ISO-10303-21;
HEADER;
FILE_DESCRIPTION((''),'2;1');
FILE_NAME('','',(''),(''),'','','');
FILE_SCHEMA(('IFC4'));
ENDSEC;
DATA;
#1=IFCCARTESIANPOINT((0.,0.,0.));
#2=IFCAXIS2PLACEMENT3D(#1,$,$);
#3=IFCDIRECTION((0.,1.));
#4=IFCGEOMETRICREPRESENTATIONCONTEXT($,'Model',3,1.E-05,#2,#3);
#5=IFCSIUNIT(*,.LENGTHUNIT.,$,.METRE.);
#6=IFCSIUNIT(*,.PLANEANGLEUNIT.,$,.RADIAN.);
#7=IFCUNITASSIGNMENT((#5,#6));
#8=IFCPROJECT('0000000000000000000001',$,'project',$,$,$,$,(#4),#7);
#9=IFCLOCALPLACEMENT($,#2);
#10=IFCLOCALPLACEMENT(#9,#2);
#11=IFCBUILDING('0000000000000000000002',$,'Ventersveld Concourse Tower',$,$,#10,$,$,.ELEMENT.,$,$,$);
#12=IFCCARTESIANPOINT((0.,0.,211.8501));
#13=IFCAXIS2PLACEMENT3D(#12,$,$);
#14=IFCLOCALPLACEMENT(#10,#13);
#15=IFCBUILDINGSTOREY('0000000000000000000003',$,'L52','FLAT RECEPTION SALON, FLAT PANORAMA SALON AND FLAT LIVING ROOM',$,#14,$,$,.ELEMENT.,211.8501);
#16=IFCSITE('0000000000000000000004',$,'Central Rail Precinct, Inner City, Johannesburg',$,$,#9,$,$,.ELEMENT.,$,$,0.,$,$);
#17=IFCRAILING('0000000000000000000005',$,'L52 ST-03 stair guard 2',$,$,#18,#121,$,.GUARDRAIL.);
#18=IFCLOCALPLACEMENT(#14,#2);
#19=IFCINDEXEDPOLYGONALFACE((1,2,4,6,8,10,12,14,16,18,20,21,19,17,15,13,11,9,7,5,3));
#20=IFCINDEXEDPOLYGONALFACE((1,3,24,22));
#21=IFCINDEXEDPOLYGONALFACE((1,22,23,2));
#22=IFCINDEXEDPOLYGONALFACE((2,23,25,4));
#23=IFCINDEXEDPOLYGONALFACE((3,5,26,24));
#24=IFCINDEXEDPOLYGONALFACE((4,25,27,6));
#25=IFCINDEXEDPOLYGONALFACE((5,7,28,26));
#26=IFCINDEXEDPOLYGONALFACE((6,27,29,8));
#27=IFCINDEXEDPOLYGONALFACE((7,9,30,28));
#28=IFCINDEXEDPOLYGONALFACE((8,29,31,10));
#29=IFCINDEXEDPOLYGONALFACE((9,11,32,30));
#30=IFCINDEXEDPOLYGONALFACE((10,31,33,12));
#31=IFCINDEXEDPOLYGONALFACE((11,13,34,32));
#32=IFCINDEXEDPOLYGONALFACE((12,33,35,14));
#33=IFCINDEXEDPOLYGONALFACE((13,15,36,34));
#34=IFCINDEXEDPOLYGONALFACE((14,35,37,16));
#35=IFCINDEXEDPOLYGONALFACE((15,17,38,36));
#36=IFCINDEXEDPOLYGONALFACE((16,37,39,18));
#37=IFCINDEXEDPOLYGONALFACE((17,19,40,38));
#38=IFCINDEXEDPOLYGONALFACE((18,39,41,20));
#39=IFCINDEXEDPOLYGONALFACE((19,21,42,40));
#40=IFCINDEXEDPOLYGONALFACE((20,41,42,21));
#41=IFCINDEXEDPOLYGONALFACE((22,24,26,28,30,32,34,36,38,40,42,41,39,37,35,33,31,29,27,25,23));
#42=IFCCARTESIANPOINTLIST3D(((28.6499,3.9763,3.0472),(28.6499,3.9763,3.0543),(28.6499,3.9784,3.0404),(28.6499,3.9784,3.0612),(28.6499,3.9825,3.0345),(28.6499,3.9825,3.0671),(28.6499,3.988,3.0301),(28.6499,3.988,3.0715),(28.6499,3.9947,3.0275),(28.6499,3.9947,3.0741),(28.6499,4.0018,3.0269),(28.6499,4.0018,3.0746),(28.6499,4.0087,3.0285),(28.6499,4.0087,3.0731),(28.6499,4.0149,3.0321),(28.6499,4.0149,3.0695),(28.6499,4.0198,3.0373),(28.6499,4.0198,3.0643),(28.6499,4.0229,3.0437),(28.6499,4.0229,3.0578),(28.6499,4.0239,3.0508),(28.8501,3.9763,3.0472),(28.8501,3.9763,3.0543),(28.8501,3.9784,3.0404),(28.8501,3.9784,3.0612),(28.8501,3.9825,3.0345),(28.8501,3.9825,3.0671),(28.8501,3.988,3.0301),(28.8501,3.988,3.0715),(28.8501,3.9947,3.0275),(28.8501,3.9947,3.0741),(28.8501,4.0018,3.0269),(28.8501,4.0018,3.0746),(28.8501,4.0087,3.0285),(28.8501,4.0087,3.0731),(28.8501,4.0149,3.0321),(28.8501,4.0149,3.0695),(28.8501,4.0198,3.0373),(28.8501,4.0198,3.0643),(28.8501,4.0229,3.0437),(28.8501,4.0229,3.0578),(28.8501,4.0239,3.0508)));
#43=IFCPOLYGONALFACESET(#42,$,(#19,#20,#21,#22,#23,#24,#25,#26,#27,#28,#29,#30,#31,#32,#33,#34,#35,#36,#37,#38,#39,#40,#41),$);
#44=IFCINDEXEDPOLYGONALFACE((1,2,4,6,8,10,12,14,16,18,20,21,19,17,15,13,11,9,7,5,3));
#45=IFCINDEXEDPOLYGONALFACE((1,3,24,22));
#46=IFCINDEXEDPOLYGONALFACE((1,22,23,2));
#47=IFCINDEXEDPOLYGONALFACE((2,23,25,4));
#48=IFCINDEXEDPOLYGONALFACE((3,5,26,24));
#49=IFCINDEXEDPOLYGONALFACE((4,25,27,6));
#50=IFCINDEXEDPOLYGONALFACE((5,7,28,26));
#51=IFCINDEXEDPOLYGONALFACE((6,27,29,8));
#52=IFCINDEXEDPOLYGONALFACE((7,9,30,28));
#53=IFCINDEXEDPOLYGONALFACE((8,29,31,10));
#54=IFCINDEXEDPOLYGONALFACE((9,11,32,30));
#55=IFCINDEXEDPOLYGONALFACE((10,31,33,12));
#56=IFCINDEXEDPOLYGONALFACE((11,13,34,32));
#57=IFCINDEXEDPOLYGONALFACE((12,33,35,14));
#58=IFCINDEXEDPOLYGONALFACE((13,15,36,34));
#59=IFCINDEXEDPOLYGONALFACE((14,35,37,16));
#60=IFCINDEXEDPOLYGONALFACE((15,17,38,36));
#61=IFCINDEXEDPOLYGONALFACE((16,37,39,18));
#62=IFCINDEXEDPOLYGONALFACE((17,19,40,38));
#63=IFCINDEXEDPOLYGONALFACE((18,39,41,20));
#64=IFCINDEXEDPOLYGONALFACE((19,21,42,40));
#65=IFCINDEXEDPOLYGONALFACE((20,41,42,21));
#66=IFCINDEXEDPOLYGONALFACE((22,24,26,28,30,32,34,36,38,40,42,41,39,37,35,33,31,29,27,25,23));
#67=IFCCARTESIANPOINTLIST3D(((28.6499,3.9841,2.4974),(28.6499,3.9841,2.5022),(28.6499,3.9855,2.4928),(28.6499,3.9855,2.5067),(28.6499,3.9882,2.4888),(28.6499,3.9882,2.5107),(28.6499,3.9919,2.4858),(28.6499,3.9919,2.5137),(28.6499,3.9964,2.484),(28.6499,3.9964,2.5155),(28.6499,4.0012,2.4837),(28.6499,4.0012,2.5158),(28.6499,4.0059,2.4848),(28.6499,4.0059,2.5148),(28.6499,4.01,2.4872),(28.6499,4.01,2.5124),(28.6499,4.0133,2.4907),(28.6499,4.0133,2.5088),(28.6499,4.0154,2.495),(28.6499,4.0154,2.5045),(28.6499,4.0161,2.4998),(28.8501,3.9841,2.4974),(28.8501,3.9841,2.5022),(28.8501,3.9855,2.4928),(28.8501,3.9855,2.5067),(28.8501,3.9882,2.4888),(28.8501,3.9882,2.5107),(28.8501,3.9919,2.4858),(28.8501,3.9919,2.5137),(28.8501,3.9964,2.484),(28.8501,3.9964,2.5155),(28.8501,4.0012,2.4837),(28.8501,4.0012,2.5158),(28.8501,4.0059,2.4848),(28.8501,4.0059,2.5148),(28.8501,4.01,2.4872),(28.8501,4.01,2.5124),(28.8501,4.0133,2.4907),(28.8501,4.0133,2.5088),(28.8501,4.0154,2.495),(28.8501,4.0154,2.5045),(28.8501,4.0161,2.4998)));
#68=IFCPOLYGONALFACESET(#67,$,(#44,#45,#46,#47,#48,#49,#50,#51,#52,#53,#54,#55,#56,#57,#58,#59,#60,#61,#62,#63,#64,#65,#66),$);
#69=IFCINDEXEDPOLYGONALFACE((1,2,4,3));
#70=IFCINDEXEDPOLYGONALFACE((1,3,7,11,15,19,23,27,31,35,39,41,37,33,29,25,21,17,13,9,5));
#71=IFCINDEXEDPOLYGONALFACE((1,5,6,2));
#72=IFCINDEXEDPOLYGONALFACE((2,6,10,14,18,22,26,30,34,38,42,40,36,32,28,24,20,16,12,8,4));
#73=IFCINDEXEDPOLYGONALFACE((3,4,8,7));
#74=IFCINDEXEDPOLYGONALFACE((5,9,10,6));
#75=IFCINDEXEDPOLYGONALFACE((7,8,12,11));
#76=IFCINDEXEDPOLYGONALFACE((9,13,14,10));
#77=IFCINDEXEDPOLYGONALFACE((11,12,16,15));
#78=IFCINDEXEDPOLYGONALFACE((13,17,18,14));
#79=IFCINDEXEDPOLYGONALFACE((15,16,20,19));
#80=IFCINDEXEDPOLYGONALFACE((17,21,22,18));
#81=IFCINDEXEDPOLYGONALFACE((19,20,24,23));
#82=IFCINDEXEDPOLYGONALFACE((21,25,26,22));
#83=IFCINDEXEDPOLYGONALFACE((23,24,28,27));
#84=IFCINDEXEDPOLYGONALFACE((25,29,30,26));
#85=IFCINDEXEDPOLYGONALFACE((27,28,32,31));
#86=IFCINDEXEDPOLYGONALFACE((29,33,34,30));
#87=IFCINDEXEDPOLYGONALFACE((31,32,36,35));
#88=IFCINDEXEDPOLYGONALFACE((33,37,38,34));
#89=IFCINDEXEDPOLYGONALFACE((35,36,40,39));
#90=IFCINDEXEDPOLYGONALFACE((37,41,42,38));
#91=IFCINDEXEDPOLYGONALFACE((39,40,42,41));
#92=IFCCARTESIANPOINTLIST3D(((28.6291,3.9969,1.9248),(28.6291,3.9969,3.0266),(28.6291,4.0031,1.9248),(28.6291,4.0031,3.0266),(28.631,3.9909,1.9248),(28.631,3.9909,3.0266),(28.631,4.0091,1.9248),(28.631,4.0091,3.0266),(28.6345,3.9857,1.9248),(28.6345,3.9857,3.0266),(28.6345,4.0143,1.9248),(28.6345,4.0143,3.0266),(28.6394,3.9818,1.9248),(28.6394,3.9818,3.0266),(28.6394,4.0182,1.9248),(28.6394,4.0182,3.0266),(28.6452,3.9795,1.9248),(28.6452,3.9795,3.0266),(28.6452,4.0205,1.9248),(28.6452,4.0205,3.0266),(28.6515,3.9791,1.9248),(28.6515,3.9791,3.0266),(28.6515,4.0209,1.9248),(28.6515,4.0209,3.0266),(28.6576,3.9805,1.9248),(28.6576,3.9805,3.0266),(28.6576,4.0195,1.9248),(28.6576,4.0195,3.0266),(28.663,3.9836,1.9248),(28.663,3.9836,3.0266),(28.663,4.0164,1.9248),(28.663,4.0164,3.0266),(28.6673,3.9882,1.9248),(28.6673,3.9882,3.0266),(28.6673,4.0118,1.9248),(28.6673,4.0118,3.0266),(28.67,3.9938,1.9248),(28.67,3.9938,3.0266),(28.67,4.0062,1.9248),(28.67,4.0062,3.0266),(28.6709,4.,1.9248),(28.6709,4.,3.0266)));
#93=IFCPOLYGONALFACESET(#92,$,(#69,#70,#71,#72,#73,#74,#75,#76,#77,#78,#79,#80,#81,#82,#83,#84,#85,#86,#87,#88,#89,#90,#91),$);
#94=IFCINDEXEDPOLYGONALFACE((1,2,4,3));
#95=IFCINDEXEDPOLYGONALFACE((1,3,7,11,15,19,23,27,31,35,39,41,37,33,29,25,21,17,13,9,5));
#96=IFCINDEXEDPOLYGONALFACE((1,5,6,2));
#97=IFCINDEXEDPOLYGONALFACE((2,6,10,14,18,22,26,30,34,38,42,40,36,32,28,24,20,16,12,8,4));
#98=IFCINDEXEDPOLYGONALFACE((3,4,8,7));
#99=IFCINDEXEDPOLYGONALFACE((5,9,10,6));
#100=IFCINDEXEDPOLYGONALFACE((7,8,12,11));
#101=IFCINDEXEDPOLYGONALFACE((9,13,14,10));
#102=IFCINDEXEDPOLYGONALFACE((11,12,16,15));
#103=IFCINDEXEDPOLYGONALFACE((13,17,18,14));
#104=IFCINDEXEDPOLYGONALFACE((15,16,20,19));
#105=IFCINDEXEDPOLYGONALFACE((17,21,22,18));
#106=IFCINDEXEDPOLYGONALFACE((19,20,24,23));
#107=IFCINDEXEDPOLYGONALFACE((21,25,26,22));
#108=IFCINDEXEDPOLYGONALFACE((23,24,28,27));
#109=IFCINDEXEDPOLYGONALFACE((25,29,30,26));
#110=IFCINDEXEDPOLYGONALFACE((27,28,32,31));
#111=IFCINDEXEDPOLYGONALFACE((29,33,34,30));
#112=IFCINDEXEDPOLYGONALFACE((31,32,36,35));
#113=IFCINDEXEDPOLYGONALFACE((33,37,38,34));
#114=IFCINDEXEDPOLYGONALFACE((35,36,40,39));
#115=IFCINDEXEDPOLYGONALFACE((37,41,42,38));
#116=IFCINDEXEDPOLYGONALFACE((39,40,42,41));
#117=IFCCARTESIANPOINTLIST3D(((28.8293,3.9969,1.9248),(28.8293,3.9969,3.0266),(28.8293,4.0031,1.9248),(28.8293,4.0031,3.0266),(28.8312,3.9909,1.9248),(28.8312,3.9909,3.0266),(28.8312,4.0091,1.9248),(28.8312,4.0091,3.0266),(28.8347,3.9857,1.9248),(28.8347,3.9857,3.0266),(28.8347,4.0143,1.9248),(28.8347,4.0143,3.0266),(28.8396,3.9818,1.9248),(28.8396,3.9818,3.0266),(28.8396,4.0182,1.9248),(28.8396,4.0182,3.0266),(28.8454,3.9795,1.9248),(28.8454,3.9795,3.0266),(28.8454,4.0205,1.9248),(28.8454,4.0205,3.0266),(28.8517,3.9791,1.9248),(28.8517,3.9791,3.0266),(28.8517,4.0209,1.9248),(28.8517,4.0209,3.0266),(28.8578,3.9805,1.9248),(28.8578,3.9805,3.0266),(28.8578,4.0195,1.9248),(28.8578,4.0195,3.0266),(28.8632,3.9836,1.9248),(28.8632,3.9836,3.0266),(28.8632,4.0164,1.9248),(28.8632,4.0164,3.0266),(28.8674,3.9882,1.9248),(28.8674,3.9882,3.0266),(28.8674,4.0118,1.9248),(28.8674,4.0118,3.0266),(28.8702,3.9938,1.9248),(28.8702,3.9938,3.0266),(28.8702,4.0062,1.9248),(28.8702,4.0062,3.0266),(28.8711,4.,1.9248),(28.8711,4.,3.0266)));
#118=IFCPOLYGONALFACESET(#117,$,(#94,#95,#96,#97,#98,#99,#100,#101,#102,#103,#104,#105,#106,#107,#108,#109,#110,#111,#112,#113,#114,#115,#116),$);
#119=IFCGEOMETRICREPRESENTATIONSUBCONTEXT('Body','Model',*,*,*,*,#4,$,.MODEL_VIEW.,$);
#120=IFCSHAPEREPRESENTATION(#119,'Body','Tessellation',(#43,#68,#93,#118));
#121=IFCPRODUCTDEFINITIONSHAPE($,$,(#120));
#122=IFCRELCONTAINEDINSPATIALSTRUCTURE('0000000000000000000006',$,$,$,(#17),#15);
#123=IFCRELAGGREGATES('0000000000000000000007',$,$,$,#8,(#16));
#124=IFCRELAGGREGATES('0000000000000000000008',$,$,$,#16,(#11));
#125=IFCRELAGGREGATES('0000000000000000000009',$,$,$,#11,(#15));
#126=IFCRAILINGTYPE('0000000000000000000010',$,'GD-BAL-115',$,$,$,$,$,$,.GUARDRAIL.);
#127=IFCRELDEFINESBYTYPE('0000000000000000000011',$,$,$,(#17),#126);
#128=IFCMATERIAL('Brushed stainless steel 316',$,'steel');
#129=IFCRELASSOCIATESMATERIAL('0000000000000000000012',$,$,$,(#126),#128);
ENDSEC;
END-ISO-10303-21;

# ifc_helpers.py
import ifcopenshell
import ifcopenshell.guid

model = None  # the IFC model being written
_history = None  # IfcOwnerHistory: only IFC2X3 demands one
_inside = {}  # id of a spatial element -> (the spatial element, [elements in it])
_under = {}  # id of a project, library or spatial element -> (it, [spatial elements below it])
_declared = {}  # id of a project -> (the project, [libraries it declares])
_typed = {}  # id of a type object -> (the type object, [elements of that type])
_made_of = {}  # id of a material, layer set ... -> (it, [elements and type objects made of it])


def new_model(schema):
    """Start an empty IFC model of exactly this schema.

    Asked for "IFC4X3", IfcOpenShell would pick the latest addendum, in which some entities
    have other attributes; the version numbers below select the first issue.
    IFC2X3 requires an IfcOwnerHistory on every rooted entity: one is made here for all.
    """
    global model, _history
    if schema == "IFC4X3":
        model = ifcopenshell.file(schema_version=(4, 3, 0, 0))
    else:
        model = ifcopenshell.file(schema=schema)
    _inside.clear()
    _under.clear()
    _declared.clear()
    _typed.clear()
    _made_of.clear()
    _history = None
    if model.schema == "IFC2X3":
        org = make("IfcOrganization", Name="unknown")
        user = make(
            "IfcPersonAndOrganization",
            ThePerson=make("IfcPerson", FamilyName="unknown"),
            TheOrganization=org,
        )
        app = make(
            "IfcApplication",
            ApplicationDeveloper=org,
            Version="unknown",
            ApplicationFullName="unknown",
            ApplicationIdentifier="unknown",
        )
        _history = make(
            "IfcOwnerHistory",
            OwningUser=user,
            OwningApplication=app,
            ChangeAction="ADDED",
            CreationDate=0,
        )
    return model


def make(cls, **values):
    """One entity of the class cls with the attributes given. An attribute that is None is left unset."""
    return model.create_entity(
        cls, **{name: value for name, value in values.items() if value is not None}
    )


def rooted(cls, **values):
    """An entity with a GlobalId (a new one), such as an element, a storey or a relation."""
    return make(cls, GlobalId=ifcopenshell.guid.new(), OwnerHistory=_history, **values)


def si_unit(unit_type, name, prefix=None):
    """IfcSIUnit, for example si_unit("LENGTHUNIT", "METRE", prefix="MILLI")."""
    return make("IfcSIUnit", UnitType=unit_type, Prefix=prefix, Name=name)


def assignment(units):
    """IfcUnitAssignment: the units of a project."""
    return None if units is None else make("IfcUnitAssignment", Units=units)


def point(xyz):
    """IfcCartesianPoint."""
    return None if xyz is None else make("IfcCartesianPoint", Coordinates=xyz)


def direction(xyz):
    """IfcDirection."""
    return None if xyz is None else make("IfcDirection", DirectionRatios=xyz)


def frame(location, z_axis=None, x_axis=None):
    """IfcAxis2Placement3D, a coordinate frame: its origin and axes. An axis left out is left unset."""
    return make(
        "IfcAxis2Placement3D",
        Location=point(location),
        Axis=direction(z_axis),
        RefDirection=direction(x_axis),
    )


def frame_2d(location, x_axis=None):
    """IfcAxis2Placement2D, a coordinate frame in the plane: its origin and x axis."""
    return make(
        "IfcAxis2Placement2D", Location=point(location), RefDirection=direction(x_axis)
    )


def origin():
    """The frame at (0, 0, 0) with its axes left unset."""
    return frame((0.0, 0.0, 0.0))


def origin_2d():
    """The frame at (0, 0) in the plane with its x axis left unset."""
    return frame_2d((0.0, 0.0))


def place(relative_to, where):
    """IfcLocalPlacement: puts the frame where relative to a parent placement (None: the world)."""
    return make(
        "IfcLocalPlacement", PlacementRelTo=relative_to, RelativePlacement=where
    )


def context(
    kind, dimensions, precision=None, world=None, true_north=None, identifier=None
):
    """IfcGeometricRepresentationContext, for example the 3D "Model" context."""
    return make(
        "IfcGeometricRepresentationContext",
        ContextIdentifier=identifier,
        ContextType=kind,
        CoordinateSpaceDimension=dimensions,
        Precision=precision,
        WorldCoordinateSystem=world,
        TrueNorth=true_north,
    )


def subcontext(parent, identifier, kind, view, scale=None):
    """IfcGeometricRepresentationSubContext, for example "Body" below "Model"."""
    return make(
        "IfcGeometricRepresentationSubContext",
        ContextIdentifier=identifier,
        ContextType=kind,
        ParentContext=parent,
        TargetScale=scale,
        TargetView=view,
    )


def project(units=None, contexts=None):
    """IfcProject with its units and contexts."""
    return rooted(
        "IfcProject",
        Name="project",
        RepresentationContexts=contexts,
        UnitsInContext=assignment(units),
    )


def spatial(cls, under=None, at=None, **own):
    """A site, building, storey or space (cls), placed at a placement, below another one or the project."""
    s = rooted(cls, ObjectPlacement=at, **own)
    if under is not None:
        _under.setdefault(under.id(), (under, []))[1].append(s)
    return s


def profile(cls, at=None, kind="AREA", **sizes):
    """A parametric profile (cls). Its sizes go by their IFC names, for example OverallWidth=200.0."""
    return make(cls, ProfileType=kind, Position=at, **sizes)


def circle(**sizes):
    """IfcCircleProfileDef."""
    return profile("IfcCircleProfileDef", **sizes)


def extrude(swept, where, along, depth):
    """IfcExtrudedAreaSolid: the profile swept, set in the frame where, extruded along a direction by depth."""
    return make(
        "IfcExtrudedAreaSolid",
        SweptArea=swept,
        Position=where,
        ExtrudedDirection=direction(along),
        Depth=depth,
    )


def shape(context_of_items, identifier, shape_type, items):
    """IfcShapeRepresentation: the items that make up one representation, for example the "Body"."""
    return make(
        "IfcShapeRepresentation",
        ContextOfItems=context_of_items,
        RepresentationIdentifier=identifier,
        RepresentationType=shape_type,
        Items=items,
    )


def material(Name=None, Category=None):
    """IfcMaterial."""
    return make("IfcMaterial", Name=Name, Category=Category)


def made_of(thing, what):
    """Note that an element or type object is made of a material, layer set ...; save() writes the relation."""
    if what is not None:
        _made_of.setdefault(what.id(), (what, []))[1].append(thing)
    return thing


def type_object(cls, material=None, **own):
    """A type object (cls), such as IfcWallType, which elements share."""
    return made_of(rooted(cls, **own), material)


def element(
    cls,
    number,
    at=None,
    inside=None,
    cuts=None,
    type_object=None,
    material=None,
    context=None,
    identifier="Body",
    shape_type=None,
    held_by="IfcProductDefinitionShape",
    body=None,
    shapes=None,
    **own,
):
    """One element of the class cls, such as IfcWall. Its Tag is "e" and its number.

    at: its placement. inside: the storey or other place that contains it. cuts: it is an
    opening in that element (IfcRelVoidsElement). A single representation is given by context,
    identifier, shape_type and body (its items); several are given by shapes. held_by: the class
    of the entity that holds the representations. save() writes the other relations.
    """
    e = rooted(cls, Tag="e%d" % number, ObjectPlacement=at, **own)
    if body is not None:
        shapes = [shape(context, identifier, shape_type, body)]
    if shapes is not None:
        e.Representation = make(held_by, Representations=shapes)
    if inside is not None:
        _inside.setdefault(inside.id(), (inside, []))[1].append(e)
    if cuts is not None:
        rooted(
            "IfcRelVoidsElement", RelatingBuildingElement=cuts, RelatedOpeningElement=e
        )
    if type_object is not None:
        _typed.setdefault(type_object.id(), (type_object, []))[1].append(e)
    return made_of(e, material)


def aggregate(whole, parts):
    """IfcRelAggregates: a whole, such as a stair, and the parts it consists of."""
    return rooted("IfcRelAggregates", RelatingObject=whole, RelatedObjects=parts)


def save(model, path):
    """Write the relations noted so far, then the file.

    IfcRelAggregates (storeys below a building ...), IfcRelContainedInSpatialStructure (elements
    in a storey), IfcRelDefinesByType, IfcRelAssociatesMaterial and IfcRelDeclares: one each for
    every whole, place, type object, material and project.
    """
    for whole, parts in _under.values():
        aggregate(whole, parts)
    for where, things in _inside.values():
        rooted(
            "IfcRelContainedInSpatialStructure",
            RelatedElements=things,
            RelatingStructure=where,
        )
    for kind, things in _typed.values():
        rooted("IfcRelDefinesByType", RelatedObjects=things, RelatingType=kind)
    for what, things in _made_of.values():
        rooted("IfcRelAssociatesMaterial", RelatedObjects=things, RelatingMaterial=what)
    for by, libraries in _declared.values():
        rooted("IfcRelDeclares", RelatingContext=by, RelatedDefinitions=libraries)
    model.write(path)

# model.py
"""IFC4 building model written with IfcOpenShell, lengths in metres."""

from ifc_helpers import new_model, si_unit, direction, frame, origin, origin_2d, place, context, subcontext, project, spatial, circle, extrude, material, type_object, element, save


model = new_model("IFC4")

# Units and contexts
model_context = context("Model", 3, precision=1e-05, world=origin(), true_north=direction((0.0, 1.0)))
body_context = subcontext(model_context, "Body", "Model", "MODEL_VIEW")
ifc_project = project(units=[si_unit("LENGTHUNIT", "METRE"), si_unit("PLANEANGLEUNIT", "RADIAN")], contexts=[model_context])

# Site, building, storey
site_placement = place(None, origin())
site = spatial("IfcSite", under=ifc_project, at=site_placement, Name="Central Rail Precinct, Inner City, Johannesburg", CompositionType="ELEMENT", RefElevation=0.0)
building_placement = place(site_placement, origin())
building = spatial("IfcBuilding", under=site, at=building_placement, Name="Ventersveld Concourse Tower", CompositionType="ELEMENT")
storey_placement = place(building_placement, frame((0.0, 0.0, 211.8501)))
storey = spatial("IfcBuildingStorey", under=building, at=storey_placement, Name="L52", Description="FLAT RECEPTION SALON, FLAT PANORAMA SALON AND FLAT LIVING ROOM", CompositionType="ELEMENT", Elevation=211.8501)

# Railing
ifc_material_1 = material(Name="Brushed stainless steel 316", Category="steel")
railing_type_1 = type_object("IfcRailingType", Name="GD-BAL-115", PredefinedType="GUARDRAIL", material=ifc_material_1)
railing_1_placement = place(storey_placement, frame((28.6499, 4.0, 1.9248)))
element("IfcRailing", 1, at=railing_1_placement, inside=storey, type_object=railing_type_1, Name="L52 ST-03 stair guard 2", PredefinedType="GUARDRAIL", context=body_context, shape_type="SweptSolid", body=[
    extrude(circle(Radius=0.0239, at=origin_2d()), frame((0.0, 0.0, 1.126), z_axis=(1.0, 0.0, 0.0), x_axis=(0.0, 1.0, 0.0)), (0.0, 0.0, 1.0), 0.2002),
    extrude(circle(Radius=0.0161, at=origin_2d()), frame((0.0, 0.0, 0.575), z_axis=(1.0, 0.0, 0.0), x_axis=(0.0, 1.0, 0.0)), (0.0, 0.0, 1.0), 0.2002),
    extrude(circle(Radius=0.021, at=origin_2d()), origin(), (0.0, 0.0, 1.0), 1.1018),
    extrude(circle(Radius=0.021, at=origin_2d()), frame((0.2002, 0.0, 0.0)), (0.0, 0.0, 1.0), 1.1018),
])

save(model, "model.ifc")
